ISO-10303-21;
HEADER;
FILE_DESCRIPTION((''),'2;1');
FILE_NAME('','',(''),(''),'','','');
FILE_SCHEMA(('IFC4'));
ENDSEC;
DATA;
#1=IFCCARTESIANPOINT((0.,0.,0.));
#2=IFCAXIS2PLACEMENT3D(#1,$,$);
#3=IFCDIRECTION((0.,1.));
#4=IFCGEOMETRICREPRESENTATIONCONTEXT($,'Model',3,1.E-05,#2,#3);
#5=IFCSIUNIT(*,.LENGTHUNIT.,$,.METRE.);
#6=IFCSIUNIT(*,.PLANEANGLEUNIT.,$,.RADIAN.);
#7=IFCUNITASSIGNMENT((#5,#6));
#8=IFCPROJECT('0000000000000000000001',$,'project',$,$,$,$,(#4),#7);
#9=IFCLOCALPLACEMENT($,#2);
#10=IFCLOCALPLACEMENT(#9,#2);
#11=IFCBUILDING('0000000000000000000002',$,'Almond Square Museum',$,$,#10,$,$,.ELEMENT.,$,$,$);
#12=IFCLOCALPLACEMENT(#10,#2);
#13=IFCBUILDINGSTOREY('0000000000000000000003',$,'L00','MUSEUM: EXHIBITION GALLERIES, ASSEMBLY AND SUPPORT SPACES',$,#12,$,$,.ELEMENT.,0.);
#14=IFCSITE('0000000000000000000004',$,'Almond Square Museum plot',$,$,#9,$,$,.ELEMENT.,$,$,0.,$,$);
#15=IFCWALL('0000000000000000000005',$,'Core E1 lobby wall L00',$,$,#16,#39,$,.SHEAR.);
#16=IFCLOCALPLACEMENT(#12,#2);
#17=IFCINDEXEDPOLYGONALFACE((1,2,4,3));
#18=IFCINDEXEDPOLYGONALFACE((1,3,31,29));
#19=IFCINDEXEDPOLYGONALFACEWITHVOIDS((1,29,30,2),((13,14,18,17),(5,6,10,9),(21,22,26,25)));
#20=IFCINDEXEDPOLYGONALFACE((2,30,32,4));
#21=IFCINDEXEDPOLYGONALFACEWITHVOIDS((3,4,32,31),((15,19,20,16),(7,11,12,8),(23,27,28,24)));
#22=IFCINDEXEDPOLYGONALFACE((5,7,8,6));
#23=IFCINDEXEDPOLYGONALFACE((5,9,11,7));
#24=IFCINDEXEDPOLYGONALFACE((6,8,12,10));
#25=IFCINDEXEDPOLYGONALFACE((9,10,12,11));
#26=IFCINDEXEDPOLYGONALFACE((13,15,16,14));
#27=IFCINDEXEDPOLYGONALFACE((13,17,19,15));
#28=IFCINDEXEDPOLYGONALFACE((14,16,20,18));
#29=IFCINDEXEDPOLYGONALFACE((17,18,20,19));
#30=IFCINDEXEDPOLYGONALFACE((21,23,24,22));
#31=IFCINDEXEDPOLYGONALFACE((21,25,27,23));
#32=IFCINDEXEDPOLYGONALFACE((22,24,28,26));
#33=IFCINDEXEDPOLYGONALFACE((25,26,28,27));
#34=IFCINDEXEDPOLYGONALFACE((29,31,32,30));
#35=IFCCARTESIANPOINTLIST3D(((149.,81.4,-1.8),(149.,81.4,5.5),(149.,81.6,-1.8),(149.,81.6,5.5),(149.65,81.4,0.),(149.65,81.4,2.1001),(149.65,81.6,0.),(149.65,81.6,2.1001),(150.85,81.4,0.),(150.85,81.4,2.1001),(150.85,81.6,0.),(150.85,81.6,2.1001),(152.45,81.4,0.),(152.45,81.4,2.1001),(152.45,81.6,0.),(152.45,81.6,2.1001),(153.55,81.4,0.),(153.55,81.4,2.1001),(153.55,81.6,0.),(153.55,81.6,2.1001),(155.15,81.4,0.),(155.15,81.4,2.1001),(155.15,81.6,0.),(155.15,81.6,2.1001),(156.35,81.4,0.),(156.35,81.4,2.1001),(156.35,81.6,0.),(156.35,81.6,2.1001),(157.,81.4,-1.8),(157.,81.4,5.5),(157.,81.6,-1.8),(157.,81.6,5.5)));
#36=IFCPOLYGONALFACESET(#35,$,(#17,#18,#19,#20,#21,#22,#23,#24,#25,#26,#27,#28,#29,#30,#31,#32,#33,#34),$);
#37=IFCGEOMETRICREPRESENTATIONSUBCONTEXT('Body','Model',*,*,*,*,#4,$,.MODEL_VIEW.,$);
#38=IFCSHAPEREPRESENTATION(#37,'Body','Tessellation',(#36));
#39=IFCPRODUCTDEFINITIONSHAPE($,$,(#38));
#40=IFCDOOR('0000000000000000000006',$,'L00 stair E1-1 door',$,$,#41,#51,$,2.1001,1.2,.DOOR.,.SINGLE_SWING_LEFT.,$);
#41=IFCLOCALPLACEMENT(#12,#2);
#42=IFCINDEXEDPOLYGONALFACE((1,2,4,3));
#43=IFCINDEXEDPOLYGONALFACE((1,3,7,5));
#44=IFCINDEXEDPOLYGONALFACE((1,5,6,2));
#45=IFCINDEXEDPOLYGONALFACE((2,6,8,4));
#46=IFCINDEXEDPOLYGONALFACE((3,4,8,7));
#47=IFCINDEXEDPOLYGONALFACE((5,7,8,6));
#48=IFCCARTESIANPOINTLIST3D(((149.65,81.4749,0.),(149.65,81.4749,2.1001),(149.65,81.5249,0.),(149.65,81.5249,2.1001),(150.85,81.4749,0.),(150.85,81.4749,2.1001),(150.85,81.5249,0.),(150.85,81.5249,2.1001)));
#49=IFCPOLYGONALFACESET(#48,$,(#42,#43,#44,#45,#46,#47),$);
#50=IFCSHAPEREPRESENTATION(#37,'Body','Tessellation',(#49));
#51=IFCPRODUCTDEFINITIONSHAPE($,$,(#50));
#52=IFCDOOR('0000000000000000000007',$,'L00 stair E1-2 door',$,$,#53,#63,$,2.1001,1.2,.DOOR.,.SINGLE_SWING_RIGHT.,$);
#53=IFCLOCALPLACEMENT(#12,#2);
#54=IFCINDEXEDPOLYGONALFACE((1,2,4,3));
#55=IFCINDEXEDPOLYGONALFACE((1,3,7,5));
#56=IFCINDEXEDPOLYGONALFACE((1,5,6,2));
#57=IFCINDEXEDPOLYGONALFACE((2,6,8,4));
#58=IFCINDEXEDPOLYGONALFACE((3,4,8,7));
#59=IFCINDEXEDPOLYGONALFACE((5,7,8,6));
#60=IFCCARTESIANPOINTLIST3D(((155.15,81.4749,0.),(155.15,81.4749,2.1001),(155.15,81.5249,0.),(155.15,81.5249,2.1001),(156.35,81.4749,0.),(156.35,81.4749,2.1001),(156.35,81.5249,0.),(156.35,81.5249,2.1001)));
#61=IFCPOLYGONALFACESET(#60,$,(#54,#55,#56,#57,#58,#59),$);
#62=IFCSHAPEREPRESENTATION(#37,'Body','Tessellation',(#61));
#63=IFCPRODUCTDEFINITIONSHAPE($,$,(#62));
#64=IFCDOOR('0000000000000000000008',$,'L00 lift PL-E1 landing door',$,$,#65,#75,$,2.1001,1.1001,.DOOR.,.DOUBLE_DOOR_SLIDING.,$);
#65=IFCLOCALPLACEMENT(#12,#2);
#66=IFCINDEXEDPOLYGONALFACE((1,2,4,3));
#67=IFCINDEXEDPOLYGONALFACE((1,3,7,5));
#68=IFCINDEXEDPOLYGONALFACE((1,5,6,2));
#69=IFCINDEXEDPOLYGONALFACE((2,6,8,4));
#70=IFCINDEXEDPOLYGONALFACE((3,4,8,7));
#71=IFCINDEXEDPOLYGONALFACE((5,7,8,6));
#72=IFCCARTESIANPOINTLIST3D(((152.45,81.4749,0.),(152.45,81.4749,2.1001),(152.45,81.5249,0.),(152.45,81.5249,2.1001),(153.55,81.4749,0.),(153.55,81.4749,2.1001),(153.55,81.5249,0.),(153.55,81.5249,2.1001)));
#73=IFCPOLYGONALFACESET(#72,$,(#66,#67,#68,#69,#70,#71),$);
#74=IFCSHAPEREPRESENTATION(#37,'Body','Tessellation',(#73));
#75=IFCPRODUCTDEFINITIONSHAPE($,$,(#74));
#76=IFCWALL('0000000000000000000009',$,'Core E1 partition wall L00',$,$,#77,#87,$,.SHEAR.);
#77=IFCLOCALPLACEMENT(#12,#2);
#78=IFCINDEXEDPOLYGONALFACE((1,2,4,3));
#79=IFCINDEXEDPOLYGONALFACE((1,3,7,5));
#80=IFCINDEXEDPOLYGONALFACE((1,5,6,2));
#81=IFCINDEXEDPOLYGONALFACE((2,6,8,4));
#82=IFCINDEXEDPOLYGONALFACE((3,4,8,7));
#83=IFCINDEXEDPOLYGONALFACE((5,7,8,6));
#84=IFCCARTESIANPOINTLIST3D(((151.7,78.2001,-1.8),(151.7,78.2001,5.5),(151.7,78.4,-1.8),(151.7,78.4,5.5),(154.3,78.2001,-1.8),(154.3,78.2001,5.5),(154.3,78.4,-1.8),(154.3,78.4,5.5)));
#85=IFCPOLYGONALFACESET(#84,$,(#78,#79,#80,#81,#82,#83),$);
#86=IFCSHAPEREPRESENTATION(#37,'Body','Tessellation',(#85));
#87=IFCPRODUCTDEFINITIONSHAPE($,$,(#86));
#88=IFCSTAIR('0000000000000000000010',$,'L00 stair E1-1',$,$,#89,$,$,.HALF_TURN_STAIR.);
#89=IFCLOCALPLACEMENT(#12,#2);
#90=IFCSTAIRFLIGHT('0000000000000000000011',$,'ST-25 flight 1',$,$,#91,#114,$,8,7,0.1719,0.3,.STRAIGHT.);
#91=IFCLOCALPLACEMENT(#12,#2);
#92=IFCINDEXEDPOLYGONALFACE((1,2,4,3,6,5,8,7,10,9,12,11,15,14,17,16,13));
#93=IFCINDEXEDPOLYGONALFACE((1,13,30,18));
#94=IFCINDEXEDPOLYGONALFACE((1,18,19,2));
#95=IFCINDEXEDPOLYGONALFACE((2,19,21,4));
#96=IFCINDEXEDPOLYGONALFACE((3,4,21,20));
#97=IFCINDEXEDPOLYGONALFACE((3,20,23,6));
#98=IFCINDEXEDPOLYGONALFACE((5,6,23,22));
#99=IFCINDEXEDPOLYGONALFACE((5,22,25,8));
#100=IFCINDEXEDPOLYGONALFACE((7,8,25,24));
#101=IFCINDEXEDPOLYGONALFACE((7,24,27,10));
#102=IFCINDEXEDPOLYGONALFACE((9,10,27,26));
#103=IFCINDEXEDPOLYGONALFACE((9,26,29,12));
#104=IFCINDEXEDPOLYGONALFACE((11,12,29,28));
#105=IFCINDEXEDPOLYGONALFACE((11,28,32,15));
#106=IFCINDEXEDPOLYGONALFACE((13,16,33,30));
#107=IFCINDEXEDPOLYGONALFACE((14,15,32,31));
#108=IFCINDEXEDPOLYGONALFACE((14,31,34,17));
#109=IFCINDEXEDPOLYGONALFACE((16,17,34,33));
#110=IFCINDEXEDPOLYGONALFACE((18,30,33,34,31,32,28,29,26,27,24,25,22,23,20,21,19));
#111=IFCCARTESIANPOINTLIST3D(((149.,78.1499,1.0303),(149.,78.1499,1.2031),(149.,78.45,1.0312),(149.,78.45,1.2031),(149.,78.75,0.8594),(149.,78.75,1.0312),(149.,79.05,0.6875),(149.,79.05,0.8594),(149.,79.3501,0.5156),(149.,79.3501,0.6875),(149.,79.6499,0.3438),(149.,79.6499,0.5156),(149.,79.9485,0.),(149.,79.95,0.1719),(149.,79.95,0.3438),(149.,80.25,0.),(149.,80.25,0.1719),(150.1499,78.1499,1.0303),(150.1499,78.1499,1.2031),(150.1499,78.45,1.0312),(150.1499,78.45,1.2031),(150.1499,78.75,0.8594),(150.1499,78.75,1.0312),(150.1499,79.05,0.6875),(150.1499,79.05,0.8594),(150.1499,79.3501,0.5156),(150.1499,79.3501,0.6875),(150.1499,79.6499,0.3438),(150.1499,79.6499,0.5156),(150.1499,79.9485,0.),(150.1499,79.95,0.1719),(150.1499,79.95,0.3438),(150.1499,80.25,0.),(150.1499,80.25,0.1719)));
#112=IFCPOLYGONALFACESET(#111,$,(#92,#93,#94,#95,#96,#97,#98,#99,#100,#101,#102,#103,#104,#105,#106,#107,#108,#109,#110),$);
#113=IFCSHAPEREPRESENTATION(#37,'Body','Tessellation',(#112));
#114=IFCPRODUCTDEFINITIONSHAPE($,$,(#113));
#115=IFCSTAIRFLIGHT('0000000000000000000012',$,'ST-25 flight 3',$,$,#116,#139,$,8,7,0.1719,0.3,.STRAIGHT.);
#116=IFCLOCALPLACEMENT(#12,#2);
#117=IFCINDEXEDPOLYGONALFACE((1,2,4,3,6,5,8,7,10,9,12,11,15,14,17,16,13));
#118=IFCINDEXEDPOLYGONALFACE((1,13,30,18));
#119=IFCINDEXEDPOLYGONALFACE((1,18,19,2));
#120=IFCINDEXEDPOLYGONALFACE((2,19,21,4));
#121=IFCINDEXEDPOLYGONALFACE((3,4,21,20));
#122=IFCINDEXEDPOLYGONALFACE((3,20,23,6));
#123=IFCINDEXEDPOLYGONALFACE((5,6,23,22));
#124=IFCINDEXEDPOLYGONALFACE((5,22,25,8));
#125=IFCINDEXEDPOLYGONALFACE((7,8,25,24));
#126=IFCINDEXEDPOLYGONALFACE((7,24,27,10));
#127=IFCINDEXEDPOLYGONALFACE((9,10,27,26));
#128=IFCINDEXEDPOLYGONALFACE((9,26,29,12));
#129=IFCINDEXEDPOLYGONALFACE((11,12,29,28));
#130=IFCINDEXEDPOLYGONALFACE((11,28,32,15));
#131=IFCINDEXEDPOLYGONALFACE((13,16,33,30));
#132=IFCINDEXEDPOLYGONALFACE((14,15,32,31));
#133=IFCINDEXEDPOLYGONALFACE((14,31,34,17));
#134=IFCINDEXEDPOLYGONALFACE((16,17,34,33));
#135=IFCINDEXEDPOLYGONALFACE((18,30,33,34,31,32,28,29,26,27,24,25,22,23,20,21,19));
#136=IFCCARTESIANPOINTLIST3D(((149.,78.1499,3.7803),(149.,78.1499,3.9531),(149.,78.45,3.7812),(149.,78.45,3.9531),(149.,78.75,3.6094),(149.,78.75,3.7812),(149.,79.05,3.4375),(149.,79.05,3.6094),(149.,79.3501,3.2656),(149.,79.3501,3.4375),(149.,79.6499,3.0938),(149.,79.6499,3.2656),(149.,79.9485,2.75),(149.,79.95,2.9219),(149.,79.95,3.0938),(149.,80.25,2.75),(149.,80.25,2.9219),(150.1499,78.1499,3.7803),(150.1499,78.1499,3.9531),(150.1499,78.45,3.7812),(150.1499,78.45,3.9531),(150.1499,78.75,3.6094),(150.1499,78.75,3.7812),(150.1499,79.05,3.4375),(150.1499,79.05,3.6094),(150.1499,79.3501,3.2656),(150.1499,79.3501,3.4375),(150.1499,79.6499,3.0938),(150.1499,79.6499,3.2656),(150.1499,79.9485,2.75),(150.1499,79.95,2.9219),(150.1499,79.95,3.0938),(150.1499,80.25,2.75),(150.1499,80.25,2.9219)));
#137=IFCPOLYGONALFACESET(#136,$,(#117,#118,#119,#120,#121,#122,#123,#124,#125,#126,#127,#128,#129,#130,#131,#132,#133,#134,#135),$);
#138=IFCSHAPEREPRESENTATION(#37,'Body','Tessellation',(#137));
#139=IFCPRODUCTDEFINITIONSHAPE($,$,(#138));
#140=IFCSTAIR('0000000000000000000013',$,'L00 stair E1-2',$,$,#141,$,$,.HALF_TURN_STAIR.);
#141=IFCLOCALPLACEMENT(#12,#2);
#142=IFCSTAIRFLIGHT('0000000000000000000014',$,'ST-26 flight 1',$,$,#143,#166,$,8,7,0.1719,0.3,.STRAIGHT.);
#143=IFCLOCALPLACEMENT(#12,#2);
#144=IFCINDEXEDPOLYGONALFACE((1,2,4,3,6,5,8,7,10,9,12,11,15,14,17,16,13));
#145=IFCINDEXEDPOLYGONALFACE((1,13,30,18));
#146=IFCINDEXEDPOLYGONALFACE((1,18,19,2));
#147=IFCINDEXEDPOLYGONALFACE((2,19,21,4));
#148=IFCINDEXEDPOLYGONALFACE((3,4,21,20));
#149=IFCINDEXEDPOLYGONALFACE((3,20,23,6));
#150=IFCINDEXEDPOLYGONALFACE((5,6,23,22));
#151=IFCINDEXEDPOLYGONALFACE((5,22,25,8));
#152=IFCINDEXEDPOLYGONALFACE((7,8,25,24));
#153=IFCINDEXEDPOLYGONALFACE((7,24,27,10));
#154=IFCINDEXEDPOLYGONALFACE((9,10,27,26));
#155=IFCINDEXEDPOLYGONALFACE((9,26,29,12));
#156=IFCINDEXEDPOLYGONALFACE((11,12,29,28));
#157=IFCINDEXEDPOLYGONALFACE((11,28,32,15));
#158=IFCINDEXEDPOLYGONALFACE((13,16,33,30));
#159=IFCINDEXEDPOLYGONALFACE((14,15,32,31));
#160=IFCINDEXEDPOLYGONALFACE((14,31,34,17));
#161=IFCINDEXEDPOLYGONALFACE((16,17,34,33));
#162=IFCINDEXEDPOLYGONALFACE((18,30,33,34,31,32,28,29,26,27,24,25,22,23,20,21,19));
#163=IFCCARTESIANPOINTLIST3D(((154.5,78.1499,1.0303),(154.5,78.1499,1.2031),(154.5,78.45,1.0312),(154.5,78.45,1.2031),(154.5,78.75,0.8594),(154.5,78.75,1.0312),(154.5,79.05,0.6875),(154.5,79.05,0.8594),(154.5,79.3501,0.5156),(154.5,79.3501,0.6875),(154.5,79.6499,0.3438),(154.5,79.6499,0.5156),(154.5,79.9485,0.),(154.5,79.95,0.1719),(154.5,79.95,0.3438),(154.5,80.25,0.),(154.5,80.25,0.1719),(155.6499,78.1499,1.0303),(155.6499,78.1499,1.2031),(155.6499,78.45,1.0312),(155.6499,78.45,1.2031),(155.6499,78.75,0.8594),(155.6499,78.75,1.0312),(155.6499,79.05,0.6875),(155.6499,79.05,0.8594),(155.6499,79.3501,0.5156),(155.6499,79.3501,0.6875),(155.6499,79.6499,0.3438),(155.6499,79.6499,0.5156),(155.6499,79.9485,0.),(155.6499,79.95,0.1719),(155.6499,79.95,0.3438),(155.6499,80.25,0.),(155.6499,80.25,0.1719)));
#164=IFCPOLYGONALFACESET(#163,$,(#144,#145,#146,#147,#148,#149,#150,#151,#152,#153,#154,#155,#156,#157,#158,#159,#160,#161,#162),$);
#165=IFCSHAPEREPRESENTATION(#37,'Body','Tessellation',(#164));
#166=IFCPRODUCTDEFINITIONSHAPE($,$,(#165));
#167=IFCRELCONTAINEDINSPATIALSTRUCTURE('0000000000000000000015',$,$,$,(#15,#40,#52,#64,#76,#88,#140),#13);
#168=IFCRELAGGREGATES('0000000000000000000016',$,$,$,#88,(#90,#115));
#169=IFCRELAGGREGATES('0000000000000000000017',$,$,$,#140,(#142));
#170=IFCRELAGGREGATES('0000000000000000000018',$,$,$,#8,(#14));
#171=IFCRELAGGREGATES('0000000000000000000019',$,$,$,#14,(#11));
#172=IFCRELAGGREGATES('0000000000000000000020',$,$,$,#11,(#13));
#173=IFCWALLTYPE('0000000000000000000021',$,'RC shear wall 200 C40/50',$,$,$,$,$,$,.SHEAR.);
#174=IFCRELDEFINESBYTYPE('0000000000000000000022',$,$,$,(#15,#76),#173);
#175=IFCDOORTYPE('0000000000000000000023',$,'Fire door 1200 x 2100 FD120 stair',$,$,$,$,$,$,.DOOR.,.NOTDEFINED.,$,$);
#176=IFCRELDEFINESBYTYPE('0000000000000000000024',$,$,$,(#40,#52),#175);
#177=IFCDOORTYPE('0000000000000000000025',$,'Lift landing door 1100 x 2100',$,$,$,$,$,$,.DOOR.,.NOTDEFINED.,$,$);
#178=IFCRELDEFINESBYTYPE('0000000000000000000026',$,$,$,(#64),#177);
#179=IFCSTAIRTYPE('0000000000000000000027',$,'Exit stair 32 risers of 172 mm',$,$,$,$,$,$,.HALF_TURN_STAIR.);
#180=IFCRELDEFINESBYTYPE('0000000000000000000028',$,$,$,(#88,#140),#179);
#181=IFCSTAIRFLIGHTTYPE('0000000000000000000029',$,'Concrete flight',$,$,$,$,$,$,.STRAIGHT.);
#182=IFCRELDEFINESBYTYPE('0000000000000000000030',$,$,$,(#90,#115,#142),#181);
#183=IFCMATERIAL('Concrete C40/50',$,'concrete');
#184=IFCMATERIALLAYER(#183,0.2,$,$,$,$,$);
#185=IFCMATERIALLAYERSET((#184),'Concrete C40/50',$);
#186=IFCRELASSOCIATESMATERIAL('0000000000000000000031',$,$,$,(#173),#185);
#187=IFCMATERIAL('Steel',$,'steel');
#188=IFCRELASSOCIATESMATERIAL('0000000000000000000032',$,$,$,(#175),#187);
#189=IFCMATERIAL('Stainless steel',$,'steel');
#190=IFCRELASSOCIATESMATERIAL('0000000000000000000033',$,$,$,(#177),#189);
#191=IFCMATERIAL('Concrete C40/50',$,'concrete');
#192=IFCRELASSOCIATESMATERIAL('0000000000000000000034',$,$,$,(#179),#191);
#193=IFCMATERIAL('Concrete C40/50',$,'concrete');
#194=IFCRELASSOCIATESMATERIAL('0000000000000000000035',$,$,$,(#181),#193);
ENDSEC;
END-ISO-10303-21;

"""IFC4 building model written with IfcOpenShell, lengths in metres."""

from ifc_helpers import new_model, si_unit, direction, frame, frame_2d, origin, place, context, subcontext, project, spatial, polyline, rectangle, outline, extrude, material, layer, layer_set, type_object, element, fill, aggregate, save


model = new_model("IFC4")

# Units and contexts
model_context = context("Model", 3, precision=1e-05, world=origin(), true_north=direction((0.0, 1.0)))
body_context = subcontext(model_context, "Body", "Model", "MODEL_VIEW")
ifc_project = project(units=[si_unit("LENGTHUNIT", "METRE"), si_unit("PLANEANGLEUNIT", "RADIAN")], contexts=[model_context])

# Site, building, storey
site_placement = place(None, origin())
site = spatial("IfcSite", under=ifc_project, at=site_placement, Name="Almond Square Museum plot", CompositionType="ELEMENT", RefElevation=0.0)
building_placement = place(site_placement, origin())
building = spatial("IfcBuilding", under=site, at=building_placement, Name="Almond Square Museum", CompositionType="ELEMENT")
storey_placement = place(building_placement, origin())
storey = spatial("IfcBuildingStorey", under=building, at=storey_placement, Name="L00", Description="MUSEUM: EXHIBITION GALLERIES, ASSEMBLY AND SUPPORT SPACES", CompositionType="ELEMENT", Elevation=0.0)

# Shared definitions
ifc_material_1 = material(Name="Concrete C40/50", Category="concrete")
ifc_layer_1 = layer(ifc_material_1, 0.2)
ifc_layer_set_1 = layer_set([ifc_layer_1], Name="Concrete C40/50")
wall_type_1 = type_object("IfcWallType", Name="RC shear wall 200 C40/50", PredefinedType="SHEAR", material=ifc_layer_set_1)

# Wall, openings, doors
wall_1_placement = place(storey_placement, frame((149.0, 81.5, -1.8), z_axis=(0.0, 0.0, 1.0), x_axis=(1.0, 0.0, 0.0)))
wall_1 = element("IfcWall", 1, at=wall_1_placement, inside=storey, type_object=wall_type_1, Name="Core E1 lobby wall L00", PredefinedType="SHEAR", context=body_context, shape_type="SweptSolid", body=[
    extrude(rectangle(XDim=8.0, YDim=0.2, at=frame_2d((4.0, 0.0))), origin(), (0.0, 0.0, 1.0), 7.3),
])
opening_1_placement = place(wall_1_placement, frame((0.6499, 0.0, 1.8)))
opening_1 = element("IfcOpeningElement", 2, at=opening_1_placement, cuts=wall_1, PredefinedType="OPENING", context=body_context, shape_type="SweptSolid", body=[
    extrude(rectangle(XDim=1.2, YDim=2.1001, at=frame_2d((0.6001, 1.05))), frame((0.0, 0.1099, 0.0), z_axis=(0.0, -1.0, 0.0), x_axis=(1.0, 0.0, 0.0)), (0.0, 0.0, 1.0), 0.22),
])
opening_2_placement = place(wall_1_placement, frame((6.1499, 0.0, 1.8)))
opening_2 = element("IfcOpeningElement", 3, at=opening_2_placement, cuts=wall_1, PredefinedType="OPENING", context=body_context, shape_type="SweptSolid", body=[
    extrude(rectangle(XDim=1.2, YDim=2.1001, at=frame_2d((0.6001, 1.05))), frame((0.0, 0.1099, 0.0), z_axis=(0.0, -1.0, 0.0), x_axis=(1.0, 0.0, 0.0)), (0.0, 0.0, 1.0), 0.22),
])
opening_3_placement = place(wall_1_placement, frame((3.45, 0.0, 1.8)))
opening_3 = element("IfcOpeningElement", 4, at=opening_3_placement, cuts=wall_1, PredefinedType="OPENING", context=body_context, shape_type="SweptSolid", body=[
    extrude(rectangle(XDim=1.1001, YDim=2.1001, at=frame_2d((0.55, 1.05))), frame((0.0, 0.1099, 0.0), z_axis=(0.0, -1.0, 0.0), x_axis=(1.0, 0.0, 0.0)), (0.0, 0.0, 1.0), 0.22),
])
ifc_material_2 = material(Name="Steel", Category="steel")
door_type_1 = type_object("IfcDoorType", Name="Fire door 1200 x 2100 FD120 stair", OperationType="NOTDEFINED", PredefinedType="DOOR", material=ifc_material_2)
door_1_placement = place(opening_1_placement, origin())
door_1 = element("IfcDoor", 5, at=door_1_placement, inside=storey, type_object=door_type_1, Name="L00 stair E1-1 door", OperationType="SINGLE_SWING_LEFT", OverallHeight=2.1001, OverallWidth=1.2, PredefinedType="DOOR", context=body_context, shape_type="SweptSolid", body=[
    extrude(rectangle(XDim=1.2, YDim=2.1001, at=frame_2d((0.6001, 1.05))), frame((0.0, 0.0249, 0.0), z_axis=(0.0, -1.0, 0.0), x_axis=(1.0, 0.0, 0.0)), (0.0, 0.0, 1.0), 0.05),
])
fill(opening_1, door_1)
door_2_placement = place(opening_2_placement, origin())
door_2 = element("IfcDoor", 6, at=door_2_placement, inside=storey, type_object=door_type_1, Name="L00 stair E1-2 door", OperationType="SINGLE_SWING_RIGHT", OverallHeight=2.1001, OverallWidth=1.2, PredefinedType="DOOR", context=body_context, shape_type="SweptSolid", body=[
    extrude(rectangle(XDim=1.2, YDim=2.1001, at=frame_2d((0.6001, 1.05))), frame((0.0, 0.0249, 0.0), z_axis=(0.0, -1.0, 0.0), x_axis=(1.0, 0.0, 0.0)), (0.0, 0.0, 1.0), 0.05),
])
fill(opening_2, door_2)
ifc_material_3 = material(Name="Stainless steel", Category="steel")
door_type_2 = type_object("IfcDoorType", Name="Lift landing door 1100 x 2100", OperationType="NOTDEFINED", PredefinedType="DOOR", material=ifc_material_3)
door_3_placement = place(opening_3_placement, origin())
door_3 = element("IfcDoor", 7, at=door_3_placement, inside=storey, type_object=door_type_2, Name="L00 lift PL-E1 landing door", OperationType="DOUBLE_DOOR_SLIDING", OverallHeight=2.1001, OverallWidth=1.1001, PredefinedType="DOOR", context=body_context, shape_type="SweptSolid", body=[
    extrude(rectangle(XDim=1.1001, YDim=2.1001, at=frame_2d((0.55, 1.05))), frame((0.0, 0.0249, 0.0), z_axis=(0.0, -1.0, 0.0), x_axis=(1.0, 0.0, 0.0)), (0.0, 0.0, 1.0), 0.05),
])
fill(opening_3, door_3)

# Wall
wall_2_placement = place(storey_placement, frame((151.7, 78.3, -1.8), z_axis=(0.0, 0.0, 1.0), x_axis=(1.0, 0.0, 0.0)))
element("IfcWall", 8, at=wall_2_placement, inside=storey, type_object=wall_type_1, Name="Core E1 partition wall L00", PredefinedType="SHEAR", context=body_context, shape_type="SweptSolid", body=[
    extrude(rectangle(XDim=2.6001, YDim=0.2, at=frame_2d((1.3, 0.0))), origin(), (0.0, 0.0, 1.0), 7.3),
])

# Stairs, stair flights
ifc_material_4 = material(Name="Concrete C40/50", Category="concrete")
stair_type = type_object("IfcStairType", Name="Exit stair 32 risers of 172 mm", PredefinedType="HALF_TURN_STAIR", material=ifc_material_4)
stair_1_placement = place(storey_placement, origin())
stair_1 = element("IfcStair", 9, at=stair_1_placement, inside=storey, type_object=stair_type, Name="L00 stair E1-1", PredefinedType="HALF_TURN_STAIR")
ifc_material_5 = material(Name="Concrete C40/50", Category="concrete")
stair_flight_type = type_object("IfcStairFlightType", Name="Concrete flight", PredefinedType="STRAIGHT", material=ifc_material_5)
stair_flight_1_placement = place(storey_placement, frame((149.575, 80.25, 0.0), z_axis=(0.0, 0.0, 1.0), x_axis=(0.0, -1.0, 0.0)))
stair_flight_1 = element("IfcStairFlight", 10, at=stair_flight_1_placement, type_object=stair_flight_type, Name="ST-25 flight 1", NumberOfRisers=8, NumberOfTreads=7, PredefinedType="STRAIGHT", RiserHeight=0.1719, TreadLength=0.3, context=body_context, shape_type="SweptSolid", body=[
    extrude(outline(polyline([(0.0, 0.0), (0.0, 0.1719), (0.3, 0.1719), (0.3, 0.3438), (0.6001, 0.3438), (0.6001, 0.5156), (0.8999, 0.5156), (0.8999, 0.6875), (1.2, 0.6875), (1.2, 0.8594), (1.5, 0.8594), (1.5, 1.0312), (1.8, 1.0312), (1.8, 1.2031), (2.1001, 1.2031), (2.1001, 1.375), (2.1001, 1.0303), (0.3015, 0.0), (0.0, 0.0)])), frame((0.0, 0.575, 0.0), z_axis=(0.0, -1.0, 0.0), x_axis=(1.0, 0.0, 0.0)), (0.0, 0.0, 1.0), 1.1499),
])
stair_flight_2_placement = place(storey_placement, frame((149.575, 80.25, 2.75), z_axis=(0.0, 0.0, 1.0), x_axis=(0.0, -1.0, 0.0)))
stair_flight_2 = element("IfcStairFlight", 11, at=stair_flight_2_placement, type_object=stair_flight_type, Name="ST-25 flight 3", NumberOfRisers=8, NumberOfTreads=7, PredefinedType="STRAIGHT", RiserHeight=0.1719, TreadLength=0.3, context=body_context, shape_type="SweptSolid", body=[
    extrude(outline(polyline([(0.0, 0.0), (0.0, 0.1719), (0.3, 0.1719), (0.3, 0.3438), (0.6001, 0.3438), (0.6001, 0.5156), (0.8999, 0.5156), (0.8999, 0.6875), (1.2, 0.6875), (1.2, 0.8594), (1.5, 0.8594), (1.5, 1.0312), (1.8, 1.0312), (1.8, 1.2031), (2.1001, 1.2031), (2.1001, 1.375), (2.1001, 1.0303), (0.3015, 0.0), (0.0, 0.0)])), frame((0.0, 0.575, 0.0), z_axis=(0.0, -1.0, 0.0), x_axis=(1.0, 0.0, 0.0)), (0.0, 0.0, 1.0), 1.1499),
])
aggregate(stair_1, [stair_flight_1, stair_flight_2])
stair_2_placement = place(storey_placement, origin())
stair_2 = element("IfcStair", 12, at=stair_2_placement, inside=storey, type_object=stair_type, Name="L00 stair E1-2", PredefinedType="HALF_TURN_STAIR")
stair_flight_3_placement = place(storey_placement, frame((155.075, 80.25, 0.0), z_axis=(0.0, 0.0, 1.0), x_axis=(0.0, -1.0, 0.0)))
stair_flight_3 = element("IfcStairFlight", 13, at=stair_flight_3_placement, type_object=stair_flight_type, Name="ST-26 flight 1", NumberOfRisers=8, NumberOfTreads=7, PredefinedType="STRAIGHT", RiserHeight=0.1719, TreadLength=0.3, context=body_context, shape_type="SweptSolid", body=[
    extrude(outline(polyline([(0.0, 0.0), (0.0, 0.1719), (0.3, 0.1719), (0.3, 0.3438), (0.6001, 0.3438), (0.6001, 0.5156), (0.8999, 0.5156), (0.8999, 0.6875), (1.2, 0.6875), (1.2, 0.8594), (1.5, 0.8594), (1.5, 1.0312), (1.8, 1.0312), (1.8, 1.2031), (2.1001, 1.2031), (2.1001, 1.375), (2.1001, 1.0303), (0.3015, 0.0), (0.0, 0.0)])), frame((0.0, 0.575, 0.0), z_axis=(0.0, -1.0, 0.0), x_axis=(1.0, 0.0, 0.0)), (0.0, 0.0, 1.0), 1.1499),
])
aggregate(stair_2, [stair_flight_3])

save(model, "model.ifc")
